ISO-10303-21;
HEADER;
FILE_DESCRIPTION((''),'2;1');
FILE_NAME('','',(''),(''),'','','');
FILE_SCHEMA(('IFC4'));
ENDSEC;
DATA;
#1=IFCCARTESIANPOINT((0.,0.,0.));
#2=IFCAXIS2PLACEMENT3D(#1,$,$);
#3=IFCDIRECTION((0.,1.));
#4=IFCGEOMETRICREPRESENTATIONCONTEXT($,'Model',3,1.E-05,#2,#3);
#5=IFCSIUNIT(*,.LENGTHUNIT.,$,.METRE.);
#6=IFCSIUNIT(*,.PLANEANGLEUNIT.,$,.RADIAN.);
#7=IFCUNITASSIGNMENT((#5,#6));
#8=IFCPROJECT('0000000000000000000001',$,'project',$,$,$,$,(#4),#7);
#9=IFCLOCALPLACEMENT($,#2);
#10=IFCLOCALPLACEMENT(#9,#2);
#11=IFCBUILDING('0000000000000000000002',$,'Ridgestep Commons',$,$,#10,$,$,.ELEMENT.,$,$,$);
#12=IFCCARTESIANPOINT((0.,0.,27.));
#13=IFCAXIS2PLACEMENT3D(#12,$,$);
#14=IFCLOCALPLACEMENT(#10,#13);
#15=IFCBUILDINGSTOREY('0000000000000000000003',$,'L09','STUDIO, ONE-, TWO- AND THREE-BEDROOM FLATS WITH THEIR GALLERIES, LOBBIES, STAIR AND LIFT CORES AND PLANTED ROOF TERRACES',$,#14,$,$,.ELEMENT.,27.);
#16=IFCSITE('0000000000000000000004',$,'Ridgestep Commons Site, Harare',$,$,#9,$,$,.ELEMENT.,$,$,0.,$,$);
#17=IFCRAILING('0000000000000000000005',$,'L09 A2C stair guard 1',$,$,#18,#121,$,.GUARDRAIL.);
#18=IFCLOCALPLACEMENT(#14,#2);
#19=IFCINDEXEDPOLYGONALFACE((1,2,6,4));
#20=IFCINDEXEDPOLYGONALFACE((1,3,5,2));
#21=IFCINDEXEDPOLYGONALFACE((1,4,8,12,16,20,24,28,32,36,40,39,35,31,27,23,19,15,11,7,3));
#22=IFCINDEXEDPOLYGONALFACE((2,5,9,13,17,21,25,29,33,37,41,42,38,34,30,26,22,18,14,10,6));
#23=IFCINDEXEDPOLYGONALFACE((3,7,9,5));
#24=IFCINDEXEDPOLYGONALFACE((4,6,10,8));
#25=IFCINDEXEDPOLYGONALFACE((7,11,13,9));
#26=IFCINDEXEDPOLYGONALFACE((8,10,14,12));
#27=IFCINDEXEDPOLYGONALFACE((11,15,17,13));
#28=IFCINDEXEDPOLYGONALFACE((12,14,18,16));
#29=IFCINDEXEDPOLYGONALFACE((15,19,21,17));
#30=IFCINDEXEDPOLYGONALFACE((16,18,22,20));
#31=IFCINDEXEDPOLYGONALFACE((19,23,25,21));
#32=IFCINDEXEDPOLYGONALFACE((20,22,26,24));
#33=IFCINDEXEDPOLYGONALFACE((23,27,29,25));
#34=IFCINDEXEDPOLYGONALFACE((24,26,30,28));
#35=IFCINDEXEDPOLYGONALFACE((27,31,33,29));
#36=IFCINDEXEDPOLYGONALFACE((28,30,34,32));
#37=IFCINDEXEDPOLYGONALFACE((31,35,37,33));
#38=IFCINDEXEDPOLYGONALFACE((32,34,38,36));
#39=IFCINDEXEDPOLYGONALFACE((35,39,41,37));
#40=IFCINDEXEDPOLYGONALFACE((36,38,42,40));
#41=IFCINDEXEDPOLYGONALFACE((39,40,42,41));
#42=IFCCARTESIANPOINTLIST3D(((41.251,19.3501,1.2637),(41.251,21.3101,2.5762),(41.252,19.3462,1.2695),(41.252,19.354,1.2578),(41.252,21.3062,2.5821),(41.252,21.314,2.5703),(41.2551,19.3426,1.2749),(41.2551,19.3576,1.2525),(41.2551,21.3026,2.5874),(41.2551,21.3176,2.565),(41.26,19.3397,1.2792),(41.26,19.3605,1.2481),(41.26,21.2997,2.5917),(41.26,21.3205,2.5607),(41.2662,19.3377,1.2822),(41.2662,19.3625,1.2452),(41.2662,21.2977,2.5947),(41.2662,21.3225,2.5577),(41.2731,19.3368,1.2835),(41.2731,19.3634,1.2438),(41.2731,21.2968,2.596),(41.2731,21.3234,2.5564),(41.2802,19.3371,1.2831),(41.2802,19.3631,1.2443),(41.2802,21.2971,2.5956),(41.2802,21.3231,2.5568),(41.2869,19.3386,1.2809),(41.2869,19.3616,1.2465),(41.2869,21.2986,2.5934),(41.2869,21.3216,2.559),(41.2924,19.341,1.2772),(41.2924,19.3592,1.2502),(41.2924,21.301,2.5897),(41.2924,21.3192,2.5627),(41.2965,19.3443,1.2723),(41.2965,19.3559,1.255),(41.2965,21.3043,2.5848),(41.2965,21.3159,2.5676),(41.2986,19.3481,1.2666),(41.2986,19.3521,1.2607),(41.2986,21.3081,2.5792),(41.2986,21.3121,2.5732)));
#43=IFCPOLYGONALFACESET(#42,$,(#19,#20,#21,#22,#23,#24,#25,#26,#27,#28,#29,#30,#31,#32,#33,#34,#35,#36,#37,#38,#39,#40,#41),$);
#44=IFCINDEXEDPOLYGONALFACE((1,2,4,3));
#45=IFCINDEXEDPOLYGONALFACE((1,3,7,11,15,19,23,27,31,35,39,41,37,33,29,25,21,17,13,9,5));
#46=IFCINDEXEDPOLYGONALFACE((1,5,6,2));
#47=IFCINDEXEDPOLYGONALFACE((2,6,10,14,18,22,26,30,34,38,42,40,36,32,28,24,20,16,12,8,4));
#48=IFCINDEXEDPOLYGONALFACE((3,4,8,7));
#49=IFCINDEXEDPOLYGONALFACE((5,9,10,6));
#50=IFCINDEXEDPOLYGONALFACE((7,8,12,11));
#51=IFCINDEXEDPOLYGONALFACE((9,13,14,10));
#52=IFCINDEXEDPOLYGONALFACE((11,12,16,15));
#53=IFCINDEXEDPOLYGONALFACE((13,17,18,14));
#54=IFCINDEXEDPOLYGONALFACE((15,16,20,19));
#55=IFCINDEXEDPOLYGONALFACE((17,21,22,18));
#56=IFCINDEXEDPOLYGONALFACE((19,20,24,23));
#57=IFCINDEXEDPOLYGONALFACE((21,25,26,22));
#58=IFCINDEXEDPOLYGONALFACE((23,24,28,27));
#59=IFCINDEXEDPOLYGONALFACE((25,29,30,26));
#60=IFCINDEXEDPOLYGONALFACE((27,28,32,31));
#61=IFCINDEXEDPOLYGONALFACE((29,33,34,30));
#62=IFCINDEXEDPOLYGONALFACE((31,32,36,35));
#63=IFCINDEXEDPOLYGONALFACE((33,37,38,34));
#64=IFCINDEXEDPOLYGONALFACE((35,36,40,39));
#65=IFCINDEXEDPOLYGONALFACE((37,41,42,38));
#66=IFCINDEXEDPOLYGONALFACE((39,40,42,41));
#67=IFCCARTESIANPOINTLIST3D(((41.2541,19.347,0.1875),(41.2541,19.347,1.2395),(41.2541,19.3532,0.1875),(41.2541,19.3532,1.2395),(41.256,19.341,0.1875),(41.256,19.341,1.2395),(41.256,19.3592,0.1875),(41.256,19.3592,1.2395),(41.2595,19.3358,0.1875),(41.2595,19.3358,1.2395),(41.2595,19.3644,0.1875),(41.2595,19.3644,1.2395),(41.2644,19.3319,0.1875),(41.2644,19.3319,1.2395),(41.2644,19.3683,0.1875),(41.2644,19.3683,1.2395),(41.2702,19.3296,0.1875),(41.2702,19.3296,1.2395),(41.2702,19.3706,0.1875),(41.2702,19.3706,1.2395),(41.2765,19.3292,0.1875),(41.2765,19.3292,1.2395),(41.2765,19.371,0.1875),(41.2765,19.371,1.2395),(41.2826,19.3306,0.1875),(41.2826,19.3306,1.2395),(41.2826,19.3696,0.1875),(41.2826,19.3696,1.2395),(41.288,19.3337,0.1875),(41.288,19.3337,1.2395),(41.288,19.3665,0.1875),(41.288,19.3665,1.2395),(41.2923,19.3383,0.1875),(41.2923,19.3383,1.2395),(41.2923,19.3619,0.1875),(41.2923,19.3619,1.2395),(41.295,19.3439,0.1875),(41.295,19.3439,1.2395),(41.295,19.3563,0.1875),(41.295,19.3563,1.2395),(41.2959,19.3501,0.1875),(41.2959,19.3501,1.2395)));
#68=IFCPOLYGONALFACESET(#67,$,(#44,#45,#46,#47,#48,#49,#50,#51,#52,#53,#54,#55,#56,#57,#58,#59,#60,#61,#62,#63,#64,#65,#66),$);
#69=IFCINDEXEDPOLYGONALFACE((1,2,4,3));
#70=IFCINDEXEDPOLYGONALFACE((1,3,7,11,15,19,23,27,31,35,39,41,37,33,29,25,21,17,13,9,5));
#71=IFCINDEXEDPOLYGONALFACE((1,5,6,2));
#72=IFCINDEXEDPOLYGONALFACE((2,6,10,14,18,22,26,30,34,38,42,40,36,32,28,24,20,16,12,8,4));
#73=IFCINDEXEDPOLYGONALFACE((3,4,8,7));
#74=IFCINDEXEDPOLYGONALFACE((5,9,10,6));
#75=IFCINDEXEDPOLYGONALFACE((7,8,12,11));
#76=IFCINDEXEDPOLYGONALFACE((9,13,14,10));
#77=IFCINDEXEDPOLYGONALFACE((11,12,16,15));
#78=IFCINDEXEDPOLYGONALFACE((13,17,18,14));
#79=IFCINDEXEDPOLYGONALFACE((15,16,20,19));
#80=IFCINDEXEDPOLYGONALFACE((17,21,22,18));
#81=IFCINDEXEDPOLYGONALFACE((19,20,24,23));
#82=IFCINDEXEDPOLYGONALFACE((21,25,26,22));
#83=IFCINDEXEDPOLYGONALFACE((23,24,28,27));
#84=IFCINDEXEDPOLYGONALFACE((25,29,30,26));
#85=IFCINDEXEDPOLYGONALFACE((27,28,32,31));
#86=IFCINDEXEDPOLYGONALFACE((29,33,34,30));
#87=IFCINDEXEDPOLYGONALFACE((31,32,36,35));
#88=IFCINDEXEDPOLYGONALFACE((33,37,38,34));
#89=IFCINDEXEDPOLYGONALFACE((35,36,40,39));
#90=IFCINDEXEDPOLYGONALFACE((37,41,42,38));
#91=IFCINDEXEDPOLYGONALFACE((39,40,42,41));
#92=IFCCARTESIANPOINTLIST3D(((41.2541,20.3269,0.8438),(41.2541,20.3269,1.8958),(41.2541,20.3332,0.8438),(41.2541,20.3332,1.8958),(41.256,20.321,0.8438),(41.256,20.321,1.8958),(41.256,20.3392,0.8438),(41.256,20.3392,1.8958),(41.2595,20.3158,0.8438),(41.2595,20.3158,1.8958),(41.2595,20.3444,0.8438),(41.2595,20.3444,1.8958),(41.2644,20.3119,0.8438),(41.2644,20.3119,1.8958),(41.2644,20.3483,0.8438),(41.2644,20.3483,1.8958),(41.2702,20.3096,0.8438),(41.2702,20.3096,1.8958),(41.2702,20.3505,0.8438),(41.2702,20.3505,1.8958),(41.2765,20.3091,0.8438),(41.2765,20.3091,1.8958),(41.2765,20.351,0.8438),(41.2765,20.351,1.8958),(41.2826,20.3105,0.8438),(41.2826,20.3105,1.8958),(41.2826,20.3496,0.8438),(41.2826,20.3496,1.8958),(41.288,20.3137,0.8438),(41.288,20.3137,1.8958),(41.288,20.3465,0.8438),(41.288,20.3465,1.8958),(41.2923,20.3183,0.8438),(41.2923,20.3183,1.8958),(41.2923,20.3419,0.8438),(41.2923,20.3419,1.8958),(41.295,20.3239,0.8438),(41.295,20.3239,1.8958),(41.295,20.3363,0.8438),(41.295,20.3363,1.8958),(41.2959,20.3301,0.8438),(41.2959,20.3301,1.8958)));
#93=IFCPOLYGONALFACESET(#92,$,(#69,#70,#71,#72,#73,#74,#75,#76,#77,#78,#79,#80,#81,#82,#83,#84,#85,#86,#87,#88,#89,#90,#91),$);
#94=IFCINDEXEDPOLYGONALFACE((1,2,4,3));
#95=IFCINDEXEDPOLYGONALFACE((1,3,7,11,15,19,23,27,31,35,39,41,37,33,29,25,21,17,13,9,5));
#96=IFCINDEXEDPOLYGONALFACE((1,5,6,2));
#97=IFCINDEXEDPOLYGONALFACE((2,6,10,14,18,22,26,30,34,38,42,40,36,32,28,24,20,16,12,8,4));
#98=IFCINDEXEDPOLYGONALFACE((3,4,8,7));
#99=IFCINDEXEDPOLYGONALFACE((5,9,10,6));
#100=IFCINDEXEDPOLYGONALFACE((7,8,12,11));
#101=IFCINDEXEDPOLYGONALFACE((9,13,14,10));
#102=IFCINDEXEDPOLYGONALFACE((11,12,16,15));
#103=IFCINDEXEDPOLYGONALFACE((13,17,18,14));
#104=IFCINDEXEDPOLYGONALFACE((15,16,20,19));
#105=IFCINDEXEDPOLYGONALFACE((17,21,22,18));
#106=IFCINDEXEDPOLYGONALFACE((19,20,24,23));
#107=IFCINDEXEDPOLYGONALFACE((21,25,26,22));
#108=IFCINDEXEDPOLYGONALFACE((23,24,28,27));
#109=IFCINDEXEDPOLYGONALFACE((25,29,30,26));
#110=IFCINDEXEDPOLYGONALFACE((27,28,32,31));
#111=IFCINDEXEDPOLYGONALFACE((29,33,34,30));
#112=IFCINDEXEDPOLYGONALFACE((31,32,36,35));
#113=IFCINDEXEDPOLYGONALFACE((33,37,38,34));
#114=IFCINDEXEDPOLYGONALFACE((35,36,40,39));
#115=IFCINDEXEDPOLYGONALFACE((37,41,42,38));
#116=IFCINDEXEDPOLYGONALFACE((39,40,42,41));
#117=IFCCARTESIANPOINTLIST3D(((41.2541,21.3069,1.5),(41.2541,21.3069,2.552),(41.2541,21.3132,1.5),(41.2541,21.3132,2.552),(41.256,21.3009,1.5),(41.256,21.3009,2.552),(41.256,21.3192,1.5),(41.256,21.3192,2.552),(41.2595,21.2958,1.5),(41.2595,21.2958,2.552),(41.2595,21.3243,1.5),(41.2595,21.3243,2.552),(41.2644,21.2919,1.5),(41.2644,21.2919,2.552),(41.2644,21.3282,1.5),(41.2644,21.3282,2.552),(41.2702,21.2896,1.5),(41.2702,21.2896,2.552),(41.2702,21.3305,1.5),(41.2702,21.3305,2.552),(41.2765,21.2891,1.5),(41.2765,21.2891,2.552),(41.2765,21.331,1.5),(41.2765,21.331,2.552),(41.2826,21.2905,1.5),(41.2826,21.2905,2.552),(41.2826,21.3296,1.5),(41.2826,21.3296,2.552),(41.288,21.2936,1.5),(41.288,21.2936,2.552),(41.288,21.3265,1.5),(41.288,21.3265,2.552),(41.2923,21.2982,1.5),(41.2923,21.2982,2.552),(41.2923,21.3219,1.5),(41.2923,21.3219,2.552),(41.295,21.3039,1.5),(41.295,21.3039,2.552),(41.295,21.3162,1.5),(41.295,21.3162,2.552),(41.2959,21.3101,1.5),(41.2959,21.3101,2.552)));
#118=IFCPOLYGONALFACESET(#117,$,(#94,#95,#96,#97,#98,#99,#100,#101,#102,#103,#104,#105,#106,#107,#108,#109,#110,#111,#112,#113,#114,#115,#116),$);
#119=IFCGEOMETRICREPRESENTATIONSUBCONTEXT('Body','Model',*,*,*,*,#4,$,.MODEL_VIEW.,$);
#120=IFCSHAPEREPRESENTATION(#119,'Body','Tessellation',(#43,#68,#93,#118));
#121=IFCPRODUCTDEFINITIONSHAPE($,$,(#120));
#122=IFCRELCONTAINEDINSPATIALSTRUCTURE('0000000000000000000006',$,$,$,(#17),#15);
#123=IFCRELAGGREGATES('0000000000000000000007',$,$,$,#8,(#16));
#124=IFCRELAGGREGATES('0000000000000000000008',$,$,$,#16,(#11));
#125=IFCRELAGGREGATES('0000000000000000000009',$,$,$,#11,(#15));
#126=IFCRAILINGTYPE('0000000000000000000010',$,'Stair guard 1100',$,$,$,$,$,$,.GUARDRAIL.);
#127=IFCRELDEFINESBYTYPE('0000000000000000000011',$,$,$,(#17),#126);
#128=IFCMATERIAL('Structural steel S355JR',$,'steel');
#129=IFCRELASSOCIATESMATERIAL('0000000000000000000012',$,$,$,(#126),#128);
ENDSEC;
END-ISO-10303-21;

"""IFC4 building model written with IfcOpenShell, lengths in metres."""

from ifc_helpers import new_model, si_unit, direction, frame, origin, origin_2d, place, context, subcontext, project, spatial, circle, extrude, material, type_object, element, save


model = new_model("IFC4")

# Units and contexts
model_context = context("Model", 3, precision=1e-05, world=origin(), true_north=direction((0.0, 1.0)))
body_context = subcontext(model_context, "Body", "Model", "MODEL_VIEW")
ifc_project = project(units=[si_unit("LENGTHUNIT", "METRE"), si_unit("PLANEANGLEUNIT", "RADIAN")], contexts=[model_context])

# Site, building, storey
site_placement = place(None, origin())
site = spatial("IfcSite", under=ifc_project, at=site_placement, Name="Ridgestep Commons Site, Harare", CompositionType="ELEMENT", RefElevation=0.0)
building_placement = place(site_placement, origin())
building = spatial("IfcBuilding", under=site, at=building_placement, Name="Ridgestep Commons", CompositionType="ELEMENT")
storey_placement = place(building_placement, frame((0.0, 0.0, 27.0)))
storey = spatial("IfcBuildingStorey", under=building, at=storey_placement, Name="L09", Description="STUDIO, ONE-, TWO- AND THREE-BEDROOM FLATS WITH THEIR GALLERIES, LOBBIES, STAIR AND LIFT CORES AND PLANTED ROOF TERRACES", CompositionType="ELEMENT", Elevation=27.0)

# Railing
ifc_material_1 = material(Name="Structural steel S355JR", Category="steel")
railing_type_1 = type_object("IfcRailingType", Name="Stair guard 1100", PredefinedType="GUARDRAIL", material=ifc_material_1)
railing_1_placement = place(storey_placement, frame((41.2749, 19.3501, 0.1875)))
element("IfcRailing", 1, at=railing_1_placement, inside=storey, type_object=railing_type_1, Name="L09 A2C stair guard 1", PredefinedType="GUARDRAIL", context=body_context, shape_type="SweptSolid", body=[
    extrude(circle(Radius=0.0239, at=origin_2d()), frame((0.0, 0.0, 1.0762), z_axis=(0.0, 0.830902, 0.556419), x_axis=(-1.0, 0.0, 0.0)), (0.0, 0.0, 1.0), 2.3589),
    extrude(circle(Radius=0.021, at=origin_2d()), origin(), (0.0, 0.0, 1.0), 1.052),
    extrude(circle(Radius=0.021, at=origin_2d()), frame((0.0, 0.98, 0.6562)), (0.0, 0.0, 1.0), 1.052),
    extrude(circle(Radius=0.021, at=origin_2d()), frame((0.0, 1.96, 1.3125)), (0.0, 0.0, 1.0), 1.052),
])

save(model, "model.ifc")
